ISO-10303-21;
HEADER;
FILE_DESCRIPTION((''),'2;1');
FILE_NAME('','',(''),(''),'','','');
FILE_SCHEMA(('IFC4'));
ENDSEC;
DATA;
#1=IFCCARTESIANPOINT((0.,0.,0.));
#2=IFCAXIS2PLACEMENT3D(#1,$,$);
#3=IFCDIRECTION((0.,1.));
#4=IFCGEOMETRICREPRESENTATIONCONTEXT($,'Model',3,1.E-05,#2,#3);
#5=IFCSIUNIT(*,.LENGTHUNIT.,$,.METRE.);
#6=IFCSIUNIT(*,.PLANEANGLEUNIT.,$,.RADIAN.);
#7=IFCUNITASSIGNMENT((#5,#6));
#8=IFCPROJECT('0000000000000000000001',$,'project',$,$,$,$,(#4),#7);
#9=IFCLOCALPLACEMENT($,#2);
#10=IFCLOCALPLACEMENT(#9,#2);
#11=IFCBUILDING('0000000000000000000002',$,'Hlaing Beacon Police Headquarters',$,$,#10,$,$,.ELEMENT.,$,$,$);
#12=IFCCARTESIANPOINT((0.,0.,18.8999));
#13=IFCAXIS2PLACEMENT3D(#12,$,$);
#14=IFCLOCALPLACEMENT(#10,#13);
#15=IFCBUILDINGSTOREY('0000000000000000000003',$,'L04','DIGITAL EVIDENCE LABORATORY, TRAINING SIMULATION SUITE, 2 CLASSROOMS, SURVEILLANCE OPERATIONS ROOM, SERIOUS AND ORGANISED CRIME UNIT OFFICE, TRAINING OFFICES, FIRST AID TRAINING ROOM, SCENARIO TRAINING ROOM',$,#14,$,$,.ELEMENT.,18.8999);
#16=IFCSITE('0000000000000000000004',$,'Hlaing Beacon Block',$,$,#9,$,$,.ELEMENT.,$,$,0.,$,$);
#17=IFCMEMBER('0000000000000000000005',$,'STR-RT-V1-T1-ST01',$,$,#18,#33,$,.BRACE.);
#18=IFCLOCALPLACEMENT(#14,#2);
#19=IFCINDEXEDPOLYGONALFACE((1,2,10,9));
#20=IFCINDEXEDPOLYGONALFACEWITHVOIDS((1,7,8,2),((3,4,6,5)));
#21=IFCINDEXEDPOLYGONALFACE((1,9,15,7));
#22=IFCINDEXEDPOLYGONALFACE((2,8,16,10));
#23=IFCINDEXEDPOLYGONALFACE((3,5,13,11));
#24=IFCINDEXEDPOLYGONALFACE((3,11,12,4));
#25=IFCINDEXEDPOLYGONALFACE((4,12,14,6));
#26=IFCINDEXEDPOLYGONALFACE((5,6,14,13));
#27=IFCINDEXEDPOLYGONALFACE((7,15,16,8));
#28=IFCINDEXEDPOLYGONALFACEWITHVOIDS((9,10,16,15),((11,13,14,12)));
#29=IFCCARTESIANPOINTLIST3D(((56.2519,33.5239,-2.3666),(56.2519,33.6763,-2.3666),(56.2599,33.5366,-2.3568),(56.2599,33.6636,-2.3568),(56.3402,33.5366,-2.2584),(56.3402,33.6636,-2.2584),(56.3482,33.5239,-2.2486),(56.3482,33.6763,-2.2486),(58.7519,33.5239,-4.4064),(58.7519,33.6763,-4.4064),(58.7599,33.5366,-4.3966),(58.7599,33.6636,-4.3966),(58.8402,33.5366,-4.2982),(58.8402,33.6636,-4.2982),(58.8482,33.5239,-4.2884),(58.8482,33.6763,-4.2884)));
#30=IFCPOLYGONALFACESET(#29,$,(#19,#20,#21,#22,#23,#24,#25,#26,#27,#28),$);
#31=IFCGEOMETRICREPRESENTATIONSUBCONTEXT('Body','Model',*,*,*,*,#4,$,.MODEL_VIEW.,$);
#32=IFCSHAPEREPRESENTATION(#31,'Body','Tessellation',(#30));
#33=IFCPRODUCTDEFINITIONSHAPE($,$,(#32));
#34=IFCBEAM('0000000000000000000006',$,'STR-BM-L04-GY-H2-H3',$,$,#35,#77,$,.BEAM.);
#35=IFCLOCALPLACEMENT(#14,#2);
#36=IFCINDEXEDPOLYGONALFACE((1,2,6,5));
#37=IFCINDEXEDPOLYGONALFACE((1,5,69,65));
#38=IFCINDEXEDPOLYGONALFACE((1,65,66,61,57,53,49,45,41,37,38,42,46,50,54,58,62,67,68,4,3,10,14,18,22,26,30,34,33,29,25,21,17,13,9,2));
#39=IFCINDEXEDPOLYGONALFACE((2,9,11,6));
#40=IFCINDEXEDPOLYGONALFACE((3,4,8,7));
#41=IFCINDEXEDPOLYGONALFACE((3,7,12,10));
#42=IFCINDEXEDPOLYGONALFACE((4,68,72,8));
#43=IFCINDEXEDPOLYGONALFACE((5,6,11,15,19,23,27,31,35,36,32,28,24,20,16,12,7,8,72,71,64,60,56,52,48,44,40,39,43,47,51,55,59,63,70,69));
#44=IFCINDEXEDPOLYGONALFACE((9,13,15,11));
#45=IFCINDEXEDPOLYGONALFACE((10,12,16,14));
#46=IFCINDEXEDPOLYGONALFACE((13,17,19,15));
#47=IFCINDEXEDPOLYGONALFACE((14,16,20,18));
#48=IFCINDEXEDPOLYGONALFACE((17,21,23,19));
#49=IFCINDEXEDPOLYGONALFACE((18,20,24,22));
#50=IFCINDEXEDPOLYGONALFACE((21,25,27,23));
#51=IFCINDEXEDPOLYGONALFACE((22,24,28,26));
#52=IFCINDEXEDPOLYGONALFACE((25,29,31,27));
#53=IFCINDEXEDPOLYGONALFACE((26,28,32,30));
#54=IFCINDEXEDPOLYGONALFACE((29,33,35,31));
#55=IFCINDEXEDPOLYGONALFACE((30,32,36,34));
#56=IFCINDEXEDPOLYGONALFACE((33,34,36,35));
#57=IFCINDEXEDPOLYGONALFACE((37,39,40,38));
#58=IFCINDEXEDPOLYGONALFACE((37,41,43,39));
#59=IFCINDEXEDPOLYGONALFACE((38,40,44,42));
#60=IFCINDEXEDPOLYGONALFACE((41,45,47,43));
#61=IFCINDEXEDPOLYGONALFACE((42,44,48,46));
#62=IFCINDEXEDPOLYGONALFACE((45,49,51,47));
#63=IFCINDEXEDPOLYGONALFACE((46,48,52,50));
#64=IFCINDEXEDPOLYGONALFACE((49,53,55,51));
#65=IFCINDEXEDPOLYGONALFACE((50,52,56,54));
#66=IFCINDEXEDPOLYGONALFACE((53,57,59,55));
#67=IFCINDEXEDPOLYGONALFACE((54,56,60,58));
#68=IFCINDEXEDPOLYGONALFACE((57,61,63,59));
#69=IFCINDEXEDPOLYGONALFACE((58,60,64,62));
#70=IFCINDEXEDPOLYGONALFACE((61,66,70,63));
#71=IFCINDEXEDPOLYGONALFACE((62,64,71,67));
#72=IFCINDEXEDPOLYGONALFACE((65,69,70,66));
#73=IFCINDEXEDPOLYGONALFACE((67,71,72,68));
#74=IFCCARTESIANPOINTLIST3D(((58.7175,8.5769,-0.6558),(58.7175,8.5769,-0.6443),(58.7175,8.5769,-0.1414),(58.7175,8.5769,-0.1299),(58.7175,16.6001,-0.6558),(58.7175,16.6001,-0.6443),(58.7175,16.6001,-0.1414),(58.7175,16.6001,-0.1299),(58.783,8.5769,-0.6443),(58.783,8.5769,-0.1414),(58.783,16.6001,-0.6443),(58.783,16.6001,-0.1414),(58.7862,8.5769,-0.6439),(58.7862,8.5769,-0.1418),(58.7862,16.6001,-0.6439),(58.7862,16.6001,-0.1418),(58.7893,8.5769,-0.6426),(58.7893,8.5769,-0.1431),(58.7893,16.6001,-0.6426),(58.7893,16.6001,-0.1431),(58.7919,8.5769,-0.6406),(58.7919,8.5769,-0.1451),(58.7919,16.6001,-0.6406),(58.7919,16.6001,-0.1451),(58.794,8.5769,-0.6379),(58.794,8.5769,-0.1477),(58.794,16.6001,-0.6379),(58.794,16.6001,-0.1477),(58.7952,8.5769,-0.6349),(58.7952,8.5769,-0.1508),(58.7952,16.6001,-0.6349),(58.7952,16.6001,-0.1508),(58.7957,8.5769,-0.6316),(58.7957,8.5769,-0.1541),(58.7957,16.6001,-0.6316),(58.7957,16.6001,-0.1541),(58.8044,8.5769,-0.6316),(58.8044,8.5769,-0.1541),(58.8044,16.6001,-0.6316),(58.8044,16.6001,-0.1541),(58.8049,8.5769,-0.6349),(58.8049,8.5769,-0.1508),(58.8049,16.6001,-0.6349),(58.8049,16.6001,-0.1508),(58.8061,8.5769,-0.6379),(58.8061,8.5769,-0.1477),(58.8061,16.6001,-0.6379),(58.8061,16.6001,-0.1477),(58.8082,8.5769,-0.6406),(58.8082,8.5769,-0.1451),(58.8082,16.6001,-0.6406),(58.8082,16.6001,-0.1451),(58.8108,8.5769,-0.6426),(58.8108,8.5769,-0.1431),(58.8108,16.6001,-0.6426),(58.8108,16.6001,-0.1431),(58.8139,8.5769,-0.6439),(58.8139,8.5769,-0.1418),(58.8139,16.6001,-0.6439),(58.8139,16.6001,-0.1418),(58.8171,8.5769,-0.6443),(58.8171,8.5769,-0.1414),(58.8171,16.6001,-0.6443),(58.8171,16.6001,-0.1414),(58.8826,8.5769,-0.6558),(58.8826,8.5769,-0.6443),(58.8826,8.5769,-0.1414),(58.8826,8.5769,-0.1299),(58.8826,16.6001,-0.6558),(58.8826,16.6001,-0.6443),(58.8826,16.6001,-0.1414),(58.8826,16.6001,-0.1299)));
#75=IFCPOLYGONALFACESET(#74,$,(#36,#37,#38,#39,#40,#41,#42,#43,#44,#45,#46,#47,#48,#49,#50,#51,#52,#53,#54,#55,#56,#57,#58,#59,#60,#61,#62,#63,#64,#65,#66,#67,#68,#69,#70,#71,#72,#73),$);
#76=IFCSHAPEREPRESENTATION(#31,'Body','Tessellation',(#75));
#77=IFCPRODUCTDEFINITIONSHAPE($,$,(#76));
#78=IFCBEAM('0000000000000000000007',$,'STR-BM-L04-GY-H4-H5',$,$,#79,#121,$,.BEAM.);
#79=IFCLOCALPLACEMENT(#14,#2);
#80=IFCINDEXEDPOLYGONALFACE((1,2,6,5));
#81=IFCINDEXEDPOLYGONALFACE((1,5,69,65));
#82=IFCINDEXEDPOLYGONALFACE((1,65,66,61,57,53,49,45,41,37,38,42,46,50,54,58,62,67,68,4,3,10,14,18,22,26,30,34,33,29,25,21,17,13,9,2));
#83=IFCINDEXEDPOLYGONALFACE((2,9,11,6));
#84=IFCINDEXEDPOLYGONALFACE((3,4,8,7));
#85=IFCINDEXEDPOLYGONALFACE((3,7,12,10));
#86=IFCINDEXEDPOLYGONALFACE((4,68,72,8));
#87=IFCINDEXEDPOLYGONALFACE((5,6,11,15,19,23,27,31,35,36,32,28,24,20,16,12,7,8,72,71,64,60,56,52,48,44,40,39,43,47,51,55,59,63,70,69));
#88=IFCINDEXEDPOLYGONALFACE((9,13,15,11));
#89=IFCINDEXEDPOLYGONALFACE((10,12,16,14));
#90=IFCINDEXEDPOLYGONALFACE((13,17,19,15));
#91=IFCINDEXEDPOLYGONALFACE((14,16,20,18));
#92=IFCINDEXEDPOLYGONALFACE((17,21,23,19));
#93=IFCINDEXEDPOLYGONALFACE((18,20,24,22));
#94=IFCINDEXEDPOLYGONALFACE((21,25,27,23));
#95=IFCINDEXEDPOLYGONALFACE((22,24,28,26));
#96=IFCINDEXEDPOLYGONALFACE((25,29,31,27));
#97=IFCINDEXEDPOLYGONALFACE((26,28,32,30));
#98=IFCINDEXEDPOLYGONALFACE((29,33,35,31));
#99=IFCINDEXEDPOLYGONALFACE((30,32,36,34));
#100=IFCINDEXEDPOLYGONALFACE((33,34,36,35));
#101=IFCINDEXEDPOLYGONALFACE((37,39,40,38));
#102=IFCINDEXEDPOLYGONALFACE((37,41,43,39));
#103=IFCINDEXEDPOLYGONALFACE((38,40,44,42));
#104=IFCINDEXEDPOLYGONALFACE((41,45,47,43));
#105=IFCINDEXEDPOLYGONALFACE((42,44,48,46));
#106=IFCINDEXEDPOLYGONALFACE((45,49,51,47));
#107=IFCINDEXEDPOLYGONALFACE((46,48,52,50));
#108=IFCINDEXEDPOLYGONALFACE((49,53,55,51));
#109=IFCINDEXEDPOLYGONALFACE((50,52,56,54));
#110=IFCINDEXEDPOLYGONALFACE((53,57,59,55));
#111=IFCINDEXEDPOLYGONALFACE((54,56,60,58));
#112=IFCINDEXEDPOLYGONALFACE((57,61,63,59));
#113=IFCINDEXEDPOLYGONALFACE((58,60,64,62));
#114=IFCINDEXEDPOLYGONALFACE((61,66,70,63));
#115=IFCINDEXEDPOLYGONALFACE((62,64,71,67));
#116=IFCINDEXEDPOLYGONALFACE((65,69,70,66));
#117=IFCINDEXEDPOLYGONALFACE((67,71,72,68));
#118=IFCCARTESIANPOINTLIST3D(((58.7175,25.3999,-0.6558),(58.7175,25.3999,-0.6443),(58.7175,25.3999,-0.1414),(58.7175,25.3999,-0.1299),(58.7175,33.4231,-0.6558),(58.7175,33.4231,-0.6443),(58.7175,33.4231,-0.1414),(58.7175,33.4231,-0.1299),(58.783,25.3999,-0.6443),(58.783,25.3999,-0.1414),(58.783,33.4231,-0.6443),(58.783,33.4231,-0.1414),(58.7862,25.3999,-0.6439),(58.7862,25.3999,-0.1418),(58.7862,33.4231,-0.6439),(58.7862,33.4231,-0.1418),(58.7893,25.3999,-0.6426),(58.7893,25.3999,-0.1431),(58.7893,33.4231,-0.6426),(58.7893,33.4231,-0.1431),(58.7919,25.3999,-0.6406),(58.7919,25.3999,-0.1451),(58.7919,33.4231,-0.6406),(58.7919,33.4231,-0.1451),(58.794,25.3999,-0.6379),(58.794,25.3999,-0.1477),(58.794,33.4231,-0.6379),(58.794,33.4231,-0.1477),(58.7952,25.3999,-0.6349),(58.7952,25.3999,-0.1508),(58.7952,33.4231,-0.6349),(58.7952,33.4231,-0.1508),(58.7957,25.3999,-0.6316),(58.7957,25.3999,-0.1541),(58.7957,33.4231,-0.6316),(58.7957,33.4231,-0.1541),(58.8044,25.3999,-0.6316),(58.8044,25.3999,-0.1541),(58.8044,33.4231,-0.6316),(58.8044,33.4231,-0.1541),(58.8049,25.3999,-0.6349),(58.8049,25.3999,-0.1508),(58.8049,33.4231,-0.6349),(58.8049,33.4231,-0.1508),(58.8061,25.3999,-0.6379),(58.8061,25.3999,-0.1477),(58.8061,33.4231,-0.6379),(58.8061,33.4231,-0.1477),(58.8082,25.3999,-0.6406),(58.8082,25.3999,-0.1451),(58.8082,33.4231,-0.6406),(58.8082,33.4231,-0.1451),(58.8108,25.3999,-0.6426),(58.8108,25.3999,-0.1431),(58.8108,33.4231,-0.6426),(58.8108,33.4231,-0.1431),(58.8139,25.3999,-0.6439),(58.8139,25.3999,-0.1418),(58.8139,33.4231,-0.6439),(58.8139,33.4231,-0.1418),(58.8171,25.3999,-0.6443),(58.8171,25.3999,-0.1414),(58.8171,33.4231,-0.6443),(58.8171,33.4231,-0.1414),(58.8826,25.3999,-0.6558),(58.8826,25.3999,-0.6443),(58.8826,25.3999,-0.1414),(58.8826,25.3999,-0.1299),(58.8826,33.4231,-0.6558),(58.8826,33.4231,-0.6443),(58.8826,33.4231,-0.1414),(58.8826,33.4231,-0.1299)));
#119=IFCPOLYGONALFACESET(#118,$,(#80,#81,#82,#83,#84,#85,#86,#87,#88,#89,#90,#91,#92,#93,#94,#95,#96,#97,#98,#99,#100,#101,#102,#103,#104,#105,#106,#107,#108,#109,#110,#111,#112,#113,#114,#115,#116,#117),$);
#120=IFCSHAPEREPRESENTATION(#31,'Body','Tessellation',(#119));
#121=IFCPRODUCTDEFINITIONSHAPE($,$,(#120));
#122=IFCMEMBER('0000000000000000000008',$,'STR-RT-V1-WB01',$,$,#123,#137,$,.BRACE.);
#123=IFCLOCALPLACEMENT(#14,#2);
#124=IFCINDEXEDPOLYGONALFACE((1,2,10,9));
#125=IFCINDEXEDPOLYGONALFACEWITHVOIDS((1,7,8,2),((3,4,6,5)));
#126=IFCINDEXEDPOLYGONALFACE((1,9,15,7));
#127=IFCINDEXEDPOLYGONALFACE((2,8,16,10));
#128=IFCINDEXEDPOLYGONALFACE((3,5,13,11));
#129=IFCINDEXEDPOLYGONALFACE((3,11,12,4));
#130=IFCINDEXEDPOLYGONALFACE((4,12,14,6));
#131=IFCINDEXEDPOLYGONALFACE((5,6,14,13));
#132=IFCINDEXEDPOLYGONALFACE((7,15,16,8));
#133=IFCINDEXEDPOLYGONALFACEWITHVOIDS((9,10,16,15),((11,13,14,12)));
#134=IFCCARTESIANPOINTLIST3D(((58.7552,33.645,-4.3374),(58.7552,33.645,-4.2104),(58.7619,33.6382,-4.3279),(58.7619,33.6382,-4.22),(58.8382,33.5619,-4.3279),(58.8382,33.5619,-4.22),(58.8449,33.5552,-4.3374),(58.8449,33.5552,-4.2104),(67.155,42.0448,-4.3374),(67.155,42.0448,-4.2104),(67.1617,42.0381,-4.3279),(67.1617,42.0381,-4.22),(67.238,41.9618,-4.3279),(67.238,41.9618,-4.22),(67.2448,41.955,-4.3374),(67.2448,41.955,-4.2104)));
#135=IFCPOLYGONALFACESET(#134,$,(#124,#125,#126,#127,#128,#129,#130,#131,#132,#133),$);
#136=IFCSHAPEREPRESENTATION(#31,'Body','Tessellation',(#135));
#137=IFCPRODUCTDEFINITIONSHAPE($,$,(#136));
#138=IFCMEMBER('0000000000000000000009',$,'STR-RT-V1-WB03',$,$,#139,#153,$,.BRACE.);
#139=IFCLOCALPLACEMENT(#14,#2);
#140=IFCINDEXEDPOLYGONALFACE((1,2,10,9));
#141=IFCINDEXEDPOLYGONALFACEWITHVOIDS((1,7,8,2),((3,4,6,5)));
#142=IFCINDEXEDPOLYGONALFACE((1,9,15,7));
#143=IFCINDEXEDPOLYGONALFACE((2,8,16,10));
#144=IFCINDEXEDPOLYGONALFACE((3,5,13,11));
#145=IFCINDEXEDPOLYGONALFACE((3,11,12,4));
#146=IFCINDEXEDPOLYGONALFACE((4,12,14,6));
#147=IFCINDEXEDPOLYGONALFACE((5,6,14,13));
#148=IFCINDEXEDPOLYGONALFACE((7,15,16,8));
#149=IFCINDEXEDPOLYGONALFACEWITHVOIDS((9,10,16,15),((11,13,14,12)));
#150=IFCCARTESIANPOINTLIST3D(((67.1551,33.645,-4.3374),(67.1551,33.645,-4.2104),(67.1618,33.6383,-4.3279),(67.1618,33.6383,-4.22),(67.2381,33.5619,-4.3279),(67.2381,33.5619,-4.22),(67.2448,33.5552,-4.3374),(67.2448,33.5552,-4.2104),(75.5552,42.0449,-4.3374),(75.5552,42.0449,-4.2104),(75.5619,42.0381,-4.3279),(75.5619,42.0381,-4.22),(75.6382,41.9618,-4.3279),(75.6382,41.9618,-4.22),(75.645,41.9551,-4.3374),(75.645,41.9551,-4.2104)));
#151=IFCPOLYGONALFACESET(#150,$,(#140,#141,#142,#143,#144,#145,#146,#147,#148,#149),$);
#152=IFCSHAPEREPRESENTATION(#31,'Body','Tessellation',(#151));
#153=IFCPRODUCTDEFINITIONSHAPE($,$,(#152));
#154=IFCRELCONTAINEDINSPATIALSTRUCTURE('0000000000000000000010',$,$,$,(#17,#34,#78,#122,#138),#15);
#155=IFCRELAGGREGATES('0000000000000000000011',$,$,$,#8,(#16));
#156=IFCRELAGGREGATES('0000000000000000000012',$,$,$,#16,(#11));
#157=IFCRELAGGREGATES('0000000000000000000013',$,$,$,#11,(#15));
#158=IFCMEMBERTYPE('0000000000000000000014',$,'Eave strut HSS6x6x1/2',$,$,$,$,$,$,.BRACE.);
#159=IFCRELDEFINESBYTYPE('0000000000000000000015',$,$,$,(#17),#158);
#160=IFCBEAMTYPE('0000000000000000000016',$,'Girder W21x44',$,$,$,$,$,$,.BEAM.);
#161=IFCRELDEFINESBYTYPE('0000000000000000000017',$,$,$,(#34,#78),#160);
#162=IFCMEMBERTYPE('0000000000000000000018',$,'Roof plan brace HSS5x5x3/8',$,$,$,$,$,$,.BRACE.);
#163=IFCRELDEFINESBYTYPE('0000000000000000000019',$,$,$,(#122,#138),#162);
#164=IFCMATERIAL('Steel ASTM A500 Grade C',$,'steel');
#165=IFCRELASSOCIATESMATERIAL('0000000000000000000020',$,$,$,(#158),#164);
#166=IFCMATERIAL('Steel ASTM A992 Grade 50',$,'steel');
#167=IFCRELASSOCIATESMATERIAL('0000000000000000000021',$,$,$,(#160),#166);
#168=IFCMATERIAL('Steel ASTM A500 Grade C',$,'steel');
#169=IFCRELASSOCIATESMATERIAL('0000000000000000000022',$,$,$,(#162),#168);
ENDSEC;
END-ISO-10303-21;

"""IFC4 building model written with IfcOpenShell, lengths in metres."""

from ifc_helpers import new_model, si_unit, direction, frame, origin, origin_2d, place, context, subcontext, project, spatial, hollow_rectangle, i_section, extrude, material, material_profile, profile_set, type_object, element, save


model = new_model("IFC4")

# Units and contexts
model_context = context("Model", 3, precision=1e-05, world=origin(), true_north=direction((0.0, 1.0)))
body_context = subcontext(model_context, "Body", "Model", "MODEL_VIEW")
ifc_project = project(units=[si_unit("LENGTHUNIT", "METRE"), si_unit("PLANEANGLEUNIT", "RADIAN")], contexts=[model_context])

# Site, building, storey
site_placement = place(None, origin())
site = spatial("IfcSite", under=ifc_project, at=site_placement, Name="Hlaing Beacon Block", CompositionType="ELEMENT", RefElevation=0.0)
building_placement = place(site_placement, origin())
building = spatial("IfcBuilding", under=site, at=building_placement, Name="Hlaing Beacon Police Headquarters", CompositionType="ELEMENT")
storey_placement = place(building_placement, frame((0.0, 0.0, 18.8999)))
storey = spatial("IfcBuildingStorey", under=building, at=storey_placement, Name="L04", Description="DIGITAL EVIDENCE LABORATORY, TRAINING SIMULATION SUITE, 2 CLASSROOMS, SURVEILLANCE OPERATIONS ROOM, SERIOUS AND ORGANISED CRIME UNIT OFFICE, TRAINING OFFICES, FIRST AID TRAINING ROOM, SCENARIO TRAINING ROOM", CompositionType="ELEMENT", Elevation=18.8999)

# Member
ifc_material_1 = material(Name="Steel ASTM A500 Grade C", Category="steel")
ifc_material_profile_1 = material_profile(ifc_material_1, hollow_rectangle(XDim=0.1523, YDim=0.1523, WallThickness=0.0127, at=origin_2d()), Name="HSS6x6x1/2")
ifc_profile_set_1 = profile_set([ifc_material_profile_1], Name="Steel ASTM A500 Grade C")
member_type_1 = type_object("IfcMemberType", Name="Eave strut HSS6x6x1/2", PredefinedType="BRACE", material=ifc_profile_set_1)
member_1_placement = place(storey_placement, frame((58.8, 33.6001, -4.3474), z_axis=(-0.774816, 0.0, 0.632187), x_axis=(0.0, -1.0, 0.0)))
element("IfcMember", 1, at=member_1_placement, inside=storey, type_object=member_type_1, Name="STR-RT-V1-T1-ST01", PredefinedType="BRACE", context=body_context, shape_type="SweptSolid", body=[
    extrude(hollow_rectangle(XDim=0.1523, YDim=0.1523, WallThickness=0.0127, at=origin_2d()), origin(), (0.0, 0.0, 1.0), 3.2266),
])

# Beams
ifc_material_2 = material(Name="Steel ASTM A992 Grade 50", Category="steel")
ifc_material_profile_2 = material_profile(ifc_material_2, i_section(OverallWidth=0.165, OverallDepth=0.5259, WebThickness=0.0088, FlangeThickness=0.0115, FilletRadius=0.0127, at=origin_2d()), Name="W21x44")
ifc_profile_set_2 = profile_set([ifc_material_profile_2], Name="Steel ASTM A992 Grade 50")
beam_type_1 = type_object("IfcBeamType", Name="Girder W21x44", PredefinedType="BEAM", material=ifc_profile_set_2)
for number, where, z_axis, x_axis, name in (
    (2, (58.8, 8.5769, -0.3928), (0.0, 1.0, 0.0), (-1.0, 0.0, 0.0), "STR-BM-L04-GY-H2-H3"),
    (3, (58.8, 25.3999, -0.3928), (0.0, 1.0, 0.0), (-1.0, 0.0, 0.0), "STR-BM-L04-GY-H4-H5"),
):
    element("IfcBeam", number, at=place(storey_placement, frame(where, z_axis=z_axis, x_axis=x_axis)), inside=storey, type_object=beam_type_1, Name=name, PredefinedType="BEAM", context=body_context, shape_type="SweptSolid", body=[
        extrude(i_section(OverallWidth=0.165, OverallDepth=0.5259, WebThickness=0.0088, FlangeThickness=0.0115, FilletRadius=0.0127, at=origin_2d()), origin(), (0.0, 0.0, 1.0), 8.0232),
    ])

# Members
ifc_material_3 = material(Name="Steel ASTM A500 Grade C", Category="steel")
ifc_material_profile_3 = material_profile(ifc_material_3, hollow_rectangle(XDim=0.127, YDim=0.127, WallThickness=0.0095, at=origin_2d()), Name="HSS5x5x3/8")
ifc_profile_set_3 = profile_set([ifc_material_profile_3], Name="Steel ASTM A500 Grade C")
member_type_2 = type_object("IfcMemberType", Name="Roof plan brace HSS5x5x3/8", PredefinedType="BRACE", material=ifc_profile_set_3)
member_2_placement = place(storey_placement, frame((58.8, 33.6001, -4.2739), z_axis=(0.707107, 0.707107, 0.0), x_axis=(-0.707107, 0.707107, 0.0)))
element("IfcMember", 4, at=member_2_placement, inside=storey, type_object=member_type_2, Name="STR-RT-V1-WB01", PredefinedType="BRACE", context=body_context, shape_type="SweptSolid", body=[
    extrude(hollow_rectangle(XDim=0.127, YDim=0.127, WallThickness=0.0095, at=origin_2d()), origin(), (0.0, 0.0, 1.0), 11.8792),
])
member_3_placement = place(storey_placement, frame((67.2, 33.6001, -4.2739), z_axis=(0.707117, 0.707097, 0.0), x_axis=(-0.707097, 0.707117, 0.0)))
element("IfcMember", 5, at=member_3_placement, inside=storey, type_object=member_type_2, Name="STR-RT-V1-WB03", PredefinedType="BRACE", context=body_context, shape_type="SweptSolid", body=[
    extrude(hollow_rectangle(XDim=0.127, YDim=0.127, WallThickness=0.0095, at=origin_2d()), origin(), (0.0, 0.0, 1.0), 11.8794),
])

save(model, "model.ifc")
